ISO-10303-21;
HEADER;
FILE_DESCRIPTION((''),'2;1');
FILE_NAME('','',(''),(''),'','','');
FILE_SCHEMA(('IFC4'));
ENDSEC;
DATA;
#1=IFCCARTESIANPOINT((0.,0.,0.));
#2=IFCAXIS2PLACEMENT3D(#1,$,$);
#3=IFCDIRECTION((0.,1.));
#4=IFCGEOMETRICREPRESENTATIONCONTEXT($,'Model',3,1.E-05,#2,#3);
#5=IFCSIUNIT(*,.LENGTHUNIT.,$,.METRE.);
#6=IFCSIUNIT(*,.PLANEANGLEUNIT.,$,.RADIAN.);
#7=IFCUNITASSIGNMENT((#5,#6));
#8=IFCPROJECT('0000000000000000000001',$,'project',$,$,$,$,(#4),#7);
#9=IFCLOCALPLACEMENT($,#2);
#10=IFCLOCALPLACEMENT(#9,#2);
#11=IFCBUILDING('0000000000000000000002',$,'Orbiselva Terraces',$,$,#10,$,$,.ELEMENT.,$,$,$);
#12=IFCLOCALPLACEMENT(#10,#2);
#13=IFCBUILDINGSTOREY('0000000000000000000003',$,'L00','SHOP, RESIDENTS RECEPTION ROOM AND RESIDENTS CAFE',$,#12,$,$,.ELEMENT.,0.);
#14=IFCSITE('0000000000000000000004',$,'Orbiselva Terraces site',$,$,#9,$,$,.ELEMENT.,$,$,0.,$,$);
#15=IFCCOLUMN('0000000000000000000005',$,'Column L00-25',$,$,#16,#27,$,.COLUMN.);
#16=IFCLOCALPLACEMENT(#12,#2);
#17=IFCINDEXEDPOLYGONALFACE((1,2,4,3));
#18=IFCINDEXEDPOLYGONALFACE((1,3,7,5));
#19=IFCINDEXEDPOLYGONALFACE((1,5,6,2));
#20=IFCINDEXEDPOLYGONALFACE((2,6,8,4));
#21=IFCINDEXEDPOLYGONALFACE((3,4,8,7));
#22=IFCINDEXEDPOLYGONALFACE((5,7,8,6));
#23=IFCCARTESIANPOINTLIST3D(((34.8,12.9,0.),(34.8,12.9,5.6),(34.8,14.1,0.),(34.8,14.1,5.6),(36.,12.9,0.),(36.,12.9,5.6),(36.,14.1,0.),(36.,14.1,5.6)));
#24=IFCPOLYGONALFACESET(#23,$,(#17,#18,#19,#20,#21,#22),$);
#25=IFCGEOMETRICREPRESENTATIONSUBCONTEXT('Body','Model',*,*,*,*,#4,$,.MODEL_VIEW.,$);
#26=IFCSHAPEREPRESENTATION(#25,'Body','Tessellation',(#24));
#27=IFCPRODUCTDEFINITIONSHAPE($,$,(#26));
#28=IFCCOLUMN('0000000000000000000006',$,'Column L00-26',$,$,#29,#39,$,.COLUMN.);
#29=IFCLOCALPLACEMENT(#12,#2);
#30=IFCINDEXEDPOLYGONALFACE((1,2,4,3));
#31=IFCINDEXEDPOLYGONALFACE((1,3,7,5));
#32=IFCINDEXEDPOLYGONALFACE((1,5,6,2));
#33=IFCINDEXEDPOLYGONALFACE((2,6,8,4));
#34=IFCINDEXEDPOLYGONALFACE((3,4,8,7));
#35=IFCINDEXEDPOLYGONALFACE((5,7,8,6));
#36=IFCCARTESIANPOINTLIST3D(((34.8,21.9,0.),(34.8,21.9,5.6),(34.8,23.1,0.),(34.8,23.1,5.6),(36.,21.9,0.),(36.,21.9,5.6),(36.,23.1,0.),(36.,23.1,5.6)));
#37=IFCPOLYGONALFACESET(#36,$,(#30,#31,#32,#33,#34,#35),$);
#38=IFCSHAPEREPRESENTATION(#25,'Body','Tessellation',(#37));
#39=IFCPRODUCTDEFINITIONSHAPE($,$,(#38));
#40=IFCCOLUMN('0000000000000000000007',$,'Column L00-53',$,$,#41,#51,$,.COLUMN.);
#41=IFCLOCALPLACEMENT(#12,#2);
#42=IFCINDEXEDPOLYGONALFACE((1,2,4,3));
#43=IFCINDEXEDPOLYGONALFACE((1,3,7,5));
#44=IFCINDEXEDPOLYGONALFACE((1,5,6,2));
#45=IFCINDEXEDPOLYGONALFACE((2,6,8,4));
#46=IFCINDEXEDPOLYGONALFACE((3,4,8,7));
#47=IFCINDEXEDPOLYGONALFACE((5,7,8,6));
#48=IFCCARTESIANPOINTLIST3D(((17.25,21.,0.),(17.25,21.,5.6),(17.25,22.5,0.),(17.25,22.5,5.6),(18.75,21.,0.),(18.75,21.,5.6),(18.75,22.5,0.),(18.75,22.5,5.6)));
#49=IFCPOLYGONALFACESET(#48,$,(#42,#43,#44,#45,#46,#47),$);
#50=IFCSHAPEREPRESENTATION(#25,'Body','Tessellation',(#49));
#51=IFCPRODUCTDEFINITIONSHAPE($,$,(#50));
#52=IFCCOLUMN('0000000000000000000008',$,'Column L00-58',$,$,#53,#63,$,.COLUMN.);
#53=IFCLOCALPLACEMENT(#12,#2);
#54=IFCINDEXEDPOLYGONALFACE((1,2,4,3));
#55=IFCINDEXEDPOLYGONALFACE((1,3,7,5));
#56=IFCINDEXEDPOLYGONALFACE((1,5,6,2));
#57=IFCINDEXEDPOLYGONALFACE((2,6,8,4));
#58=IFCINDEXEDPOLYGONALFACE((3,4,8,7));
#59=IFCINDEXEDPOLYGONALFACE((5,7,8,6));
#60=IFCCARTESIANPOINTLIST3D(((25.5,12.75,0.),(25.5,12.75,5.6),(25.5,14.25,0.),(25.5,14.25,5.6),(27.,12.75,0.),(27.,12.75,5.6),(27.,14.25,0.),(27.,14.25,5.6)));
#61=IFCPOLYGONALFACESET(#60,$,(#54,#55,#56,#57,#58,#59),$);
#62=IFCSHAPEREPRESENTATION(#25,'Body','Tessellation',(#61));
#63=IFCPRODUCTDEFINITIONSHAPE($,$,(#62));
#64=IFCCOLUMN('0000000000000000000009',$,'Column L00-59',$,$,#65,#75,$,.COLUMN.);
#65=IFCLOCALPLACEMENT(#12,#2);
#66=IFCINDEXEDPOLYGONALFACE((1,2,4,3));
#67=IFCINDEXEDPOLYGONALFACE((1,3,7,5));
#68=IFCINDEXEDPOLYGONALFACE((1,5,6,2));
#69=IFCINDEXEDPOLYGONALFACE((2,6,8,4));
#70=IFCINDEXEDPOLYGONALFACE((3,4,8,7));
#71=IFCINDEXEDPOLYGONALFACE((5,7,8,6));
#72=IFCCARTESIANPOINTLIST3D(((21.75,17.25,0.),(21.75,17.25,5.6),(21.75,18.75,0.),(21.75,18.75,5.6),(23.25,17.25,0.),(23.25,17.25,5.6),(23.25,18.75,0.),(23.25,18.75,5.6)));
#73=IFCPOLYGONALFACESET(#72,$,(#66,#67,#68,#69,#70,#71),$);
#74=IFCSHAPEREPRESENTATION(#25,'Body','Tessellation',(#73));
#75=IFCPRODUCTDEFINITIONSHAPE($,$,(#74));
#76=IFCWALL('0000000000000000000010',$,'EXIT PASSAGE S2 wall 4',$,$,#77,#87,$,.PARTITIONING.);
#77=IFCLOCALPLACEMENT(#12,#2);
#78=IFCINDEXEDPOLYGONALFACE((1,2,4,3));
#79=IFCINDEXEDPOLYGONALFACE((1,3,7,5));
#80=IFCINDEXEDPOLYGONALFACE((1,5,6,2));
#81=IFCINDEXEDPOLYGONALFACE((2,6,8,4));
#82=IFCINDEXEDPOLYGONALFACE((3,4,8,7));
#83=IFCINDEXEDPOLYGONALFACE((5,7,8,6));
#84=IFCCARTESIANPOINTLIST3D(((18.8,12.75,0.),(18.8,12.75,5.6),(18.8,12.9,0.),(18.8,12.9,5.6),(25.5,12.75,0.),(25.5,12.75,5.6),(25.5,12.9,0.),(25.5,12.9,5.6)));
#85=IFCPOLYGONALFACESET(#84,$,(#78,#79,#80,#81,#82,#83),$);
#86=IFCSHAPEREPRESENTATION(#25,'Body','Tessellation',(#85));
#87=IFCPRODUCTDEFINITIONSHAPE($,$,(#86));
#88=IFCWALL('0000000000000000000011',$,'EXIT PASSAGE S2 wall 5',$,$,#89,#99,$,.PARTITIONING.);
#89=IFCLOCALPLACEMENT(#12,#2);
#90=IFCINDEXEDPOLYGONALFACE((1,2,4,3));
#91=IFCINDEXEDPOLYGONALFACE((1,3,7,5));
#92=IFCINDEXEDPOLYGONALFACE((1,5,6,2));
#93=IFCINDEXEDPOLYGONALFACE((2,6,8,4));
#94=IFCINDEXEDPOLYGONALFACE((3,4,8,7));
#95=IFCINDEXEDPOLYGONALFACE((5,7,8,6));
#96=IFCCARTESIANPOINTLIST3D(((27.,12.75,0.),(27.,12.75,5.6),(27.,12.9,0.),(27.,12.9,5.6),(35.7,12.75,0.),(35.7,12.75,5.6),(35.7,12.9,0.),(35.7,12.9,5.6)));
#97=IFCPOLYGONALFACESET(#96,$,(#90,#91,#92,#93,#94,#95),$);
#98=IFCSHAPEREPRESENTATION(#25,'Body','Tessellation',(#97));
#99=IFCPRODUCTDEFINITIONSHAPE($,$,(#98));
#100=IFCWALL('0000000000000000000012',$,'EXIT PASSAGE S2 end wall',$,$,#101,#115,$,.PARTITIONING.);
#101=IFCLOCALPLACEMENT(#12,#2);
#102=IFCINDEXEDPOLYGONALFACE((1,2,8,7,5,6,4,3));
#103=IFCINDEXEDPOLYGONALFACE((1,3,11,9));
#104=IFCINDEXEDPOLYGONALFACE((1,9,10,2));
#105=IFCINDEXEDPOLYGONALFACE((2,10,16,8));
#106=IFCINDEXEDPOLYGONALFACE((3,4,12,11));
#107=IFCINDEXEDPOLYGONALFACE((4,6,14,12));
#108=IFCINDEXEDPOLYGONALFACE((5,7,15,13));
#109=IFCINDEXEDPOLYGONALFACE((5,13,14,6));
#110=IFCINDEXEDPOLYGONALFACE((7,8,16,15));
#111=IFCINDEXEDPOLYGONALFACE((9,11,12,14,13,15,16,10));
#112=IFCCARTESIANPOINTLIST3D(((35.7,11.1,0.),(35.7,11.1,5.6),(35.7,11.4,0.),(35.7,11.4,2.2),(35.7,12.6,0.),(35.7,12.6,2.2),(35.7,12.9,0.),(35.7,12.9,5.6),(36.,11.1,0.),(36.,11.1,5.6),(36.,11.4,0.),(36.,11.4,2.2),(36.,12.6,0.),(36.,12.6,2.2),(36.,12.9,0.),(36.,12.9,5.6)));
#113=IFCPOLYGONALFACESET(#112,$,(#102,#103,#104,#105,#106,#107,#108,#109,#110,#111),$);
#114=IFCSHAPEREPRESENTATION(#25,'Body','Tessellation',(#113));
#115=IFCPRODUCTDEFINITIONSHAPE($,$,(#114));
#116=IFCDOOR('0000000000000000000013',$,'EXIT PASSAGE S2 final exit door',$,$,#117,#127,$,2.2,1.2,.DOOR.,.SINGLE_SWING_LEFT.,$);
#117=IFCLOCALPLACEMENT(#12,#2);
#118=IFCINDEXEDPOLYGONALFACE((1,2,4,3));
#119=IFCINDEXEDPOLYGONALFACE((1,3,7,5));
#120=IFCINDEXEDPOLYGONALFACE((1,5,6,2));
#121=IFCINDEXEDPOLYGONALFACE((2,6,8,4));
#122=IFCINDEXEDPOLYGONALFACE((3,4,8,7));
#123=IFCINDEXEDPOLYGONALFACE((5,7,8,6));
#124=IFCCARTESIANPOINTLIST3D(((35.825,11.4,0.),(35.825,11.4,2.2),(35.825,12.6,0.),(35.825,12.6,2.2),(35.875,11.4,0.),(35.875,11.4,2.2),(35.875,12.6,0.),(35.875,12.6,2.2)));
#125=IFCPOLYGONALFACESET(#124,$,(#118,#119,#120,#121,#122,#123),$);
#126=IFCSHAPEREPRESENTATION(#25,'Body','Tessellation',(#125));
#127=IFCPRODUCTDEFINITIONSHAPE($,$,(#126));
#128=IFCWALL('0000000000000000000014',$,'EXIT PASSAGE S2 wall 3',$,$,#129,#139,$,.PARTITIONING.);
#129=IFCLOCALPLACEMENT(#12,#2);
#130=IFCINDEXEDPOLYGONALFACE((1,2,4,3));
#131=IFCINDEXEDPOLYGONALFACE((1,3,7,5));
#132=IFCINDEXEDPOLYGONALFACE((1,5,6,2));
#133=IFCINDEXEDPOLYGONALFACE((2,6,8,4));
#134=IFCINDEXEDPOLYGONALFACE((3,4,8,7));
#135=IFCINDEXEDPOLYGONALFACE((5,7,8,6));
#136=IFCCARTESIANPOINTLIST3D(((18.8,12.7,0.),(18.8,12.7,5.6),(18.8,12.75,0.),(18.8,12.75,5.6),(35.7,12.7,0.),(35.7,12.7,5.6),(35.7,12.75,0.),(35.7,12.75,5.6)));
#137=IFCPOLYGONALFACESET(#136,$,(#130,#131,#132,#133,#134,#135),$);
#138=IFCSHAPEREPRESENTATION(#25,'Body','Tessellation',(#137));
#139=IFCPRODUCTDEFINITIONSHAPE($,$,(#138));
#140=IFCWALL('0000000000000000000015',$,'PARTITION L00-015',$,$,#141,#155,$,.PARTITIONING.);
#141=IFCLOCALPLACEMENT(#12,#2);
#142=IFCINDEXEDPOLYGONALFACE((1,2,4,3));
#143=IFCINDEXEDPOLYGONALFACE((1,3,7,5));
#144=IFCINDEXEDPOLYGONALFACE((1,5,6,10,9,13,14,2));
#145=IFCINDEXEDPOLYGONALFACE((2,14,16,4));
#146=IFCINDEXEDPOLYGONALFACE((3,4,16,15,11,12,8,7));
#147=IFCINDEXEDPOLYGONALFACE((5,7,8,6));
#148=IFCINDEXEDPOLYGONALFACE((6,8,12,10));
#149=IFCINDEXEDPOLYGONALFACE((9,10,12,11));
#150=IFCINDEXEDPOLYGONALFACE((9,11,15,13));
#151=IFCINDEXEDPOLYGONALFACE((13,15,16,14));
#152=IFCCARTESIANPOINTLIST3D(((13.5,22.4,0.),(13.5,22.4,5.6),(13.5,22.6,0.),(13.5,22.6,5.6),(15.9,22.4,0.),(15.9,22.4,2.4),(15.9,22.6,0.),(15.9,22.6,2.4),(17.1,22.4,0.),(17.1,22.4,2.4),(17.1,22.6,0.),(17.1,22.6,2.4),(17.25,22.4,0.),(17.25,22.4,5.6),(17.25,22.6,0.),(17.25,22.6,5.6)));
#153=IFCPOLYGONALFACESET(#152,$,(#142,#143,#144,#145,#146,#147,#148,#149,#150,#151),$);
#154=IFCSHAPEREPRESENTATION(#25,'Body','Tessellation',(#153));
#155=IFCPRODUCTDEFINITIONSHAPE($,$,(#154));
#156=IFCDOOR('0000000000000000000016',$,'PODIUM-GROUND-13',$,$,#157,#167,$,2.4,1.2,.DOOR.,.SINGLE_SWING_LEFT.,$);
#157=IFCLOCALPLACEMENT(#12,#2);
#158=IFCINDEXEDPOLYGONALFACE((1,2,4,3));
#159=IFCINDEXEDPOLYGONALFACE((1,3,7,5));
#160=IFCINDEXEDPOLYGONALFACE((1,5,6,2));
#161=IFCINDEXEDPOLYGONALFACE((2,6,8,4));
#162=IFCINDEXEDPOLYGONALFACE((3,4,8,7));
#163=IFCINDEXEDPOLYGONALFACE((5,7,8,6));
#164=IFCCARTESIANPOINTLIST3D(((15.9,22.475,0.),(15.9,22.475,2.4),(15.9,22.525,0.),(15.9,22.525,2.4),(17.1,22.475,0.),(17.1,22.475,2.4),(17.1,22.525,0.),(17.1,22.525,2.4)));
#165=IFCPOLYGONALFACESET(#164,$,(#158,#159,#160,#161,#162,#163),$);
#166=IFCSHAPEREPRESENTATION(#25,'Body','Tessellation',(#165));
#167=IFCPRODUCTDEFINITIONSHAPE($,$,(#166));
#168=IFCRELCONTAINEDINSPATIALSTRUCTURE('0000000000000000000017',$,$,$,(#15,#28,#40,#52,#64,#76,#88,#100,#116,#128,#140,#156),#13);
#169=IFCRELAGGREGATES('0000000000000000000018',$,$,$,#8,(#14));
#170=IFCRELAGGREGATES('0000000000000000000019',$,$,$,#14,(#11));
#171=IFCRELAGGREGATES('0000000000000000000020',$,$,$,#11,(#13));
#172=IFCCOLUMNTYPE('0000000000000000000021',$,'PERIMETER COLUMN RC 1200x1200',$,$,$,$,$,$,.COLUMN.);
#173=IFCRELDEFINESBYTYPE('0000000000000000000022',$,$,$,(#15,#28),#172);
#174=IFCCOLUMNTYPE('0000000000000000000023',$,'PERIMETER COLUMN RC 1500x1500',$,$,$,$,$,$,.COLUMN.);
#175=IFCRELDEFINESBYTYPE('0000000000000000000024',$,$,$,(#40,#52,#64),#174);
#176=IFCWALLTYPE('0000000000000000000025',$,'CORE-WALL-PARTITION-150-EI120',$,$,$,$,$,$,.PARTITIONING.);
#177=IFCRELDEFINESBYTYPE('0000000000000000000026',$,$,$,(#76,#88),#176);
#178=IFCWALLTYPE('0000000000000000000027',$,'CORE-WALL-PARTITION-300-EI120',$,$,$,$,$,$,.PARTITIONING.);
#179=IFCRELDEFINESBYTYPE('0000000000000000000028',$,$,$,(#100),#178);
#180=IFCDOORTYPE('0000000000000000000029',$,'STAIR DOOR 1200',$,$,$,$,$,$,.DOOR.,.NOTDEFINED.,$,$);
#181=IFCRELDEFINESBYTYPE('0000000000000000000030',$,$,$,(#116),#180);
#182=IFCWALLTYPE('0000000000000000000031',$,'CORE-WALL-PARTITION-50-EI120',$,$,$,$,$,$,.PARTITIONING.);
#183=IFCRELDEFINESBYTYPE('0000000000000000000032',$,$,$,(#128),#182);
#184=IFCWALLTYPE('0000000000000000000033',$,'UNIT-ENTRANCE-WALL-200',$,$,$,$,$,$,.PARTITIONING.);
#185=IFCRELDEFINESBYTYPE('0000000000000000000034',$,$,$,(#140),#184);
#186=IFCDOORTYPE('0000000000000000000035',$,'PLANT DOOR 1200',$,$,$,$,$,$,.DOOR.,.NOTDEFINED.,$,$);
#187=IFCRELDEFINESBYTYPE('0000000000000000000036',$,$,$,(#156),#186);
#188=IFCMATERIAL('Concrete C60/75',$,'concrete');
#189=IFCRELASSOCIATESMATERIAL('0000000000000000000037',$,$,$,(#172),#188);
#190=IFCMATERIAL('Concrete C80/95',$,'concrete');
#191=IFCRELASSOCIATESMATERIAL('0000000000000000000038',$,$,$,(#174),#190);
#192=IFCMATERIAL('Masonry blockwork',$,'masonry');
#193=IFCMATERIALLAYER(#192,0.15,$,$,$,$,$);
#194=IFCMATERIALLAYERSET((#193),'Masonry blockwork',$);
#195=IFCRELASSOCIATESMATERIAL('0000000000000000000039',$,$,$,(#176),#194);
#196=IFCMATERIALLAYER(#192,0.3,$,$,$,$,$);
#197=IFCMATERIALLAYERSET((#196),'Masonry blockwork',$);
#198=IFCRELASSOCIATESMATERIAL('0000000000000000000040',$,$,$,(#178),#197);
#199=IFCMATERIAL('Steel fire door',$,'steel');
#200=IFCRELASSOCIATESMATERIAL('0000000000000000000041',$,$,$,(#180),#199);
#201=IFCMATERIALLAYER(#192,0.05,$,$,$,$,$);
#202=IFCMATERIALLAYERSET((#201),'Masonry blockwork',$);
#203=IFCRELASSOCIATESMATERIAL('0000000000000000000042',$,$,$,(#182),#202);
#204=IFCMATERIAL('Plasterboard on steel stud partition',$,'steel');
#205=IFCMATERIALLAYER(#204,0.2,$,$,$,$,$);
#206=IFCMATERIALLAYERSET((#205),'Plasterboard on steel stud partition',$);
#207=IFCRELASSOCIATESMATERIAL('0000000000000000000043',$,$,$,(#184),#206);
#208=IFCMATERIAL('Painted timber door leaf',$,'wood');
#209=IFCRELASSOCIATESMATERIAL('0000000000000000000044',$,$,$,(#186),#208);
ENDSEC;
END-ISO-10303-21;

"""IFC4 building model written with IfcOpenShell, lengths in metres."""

from ifc_helpers import new_model, si_unit, direction, frame, frame_2d, origin, origin_2d, place, context, subcontext, project, spatial, rectangle, extrude, material, layer, layer_set, material_profile, profile_set, type_object, element, fill, save


model = new_model("IFC4")

# Units and contexts
model_context = context("Model", 3, precision=1e-05, world=origin(), true_north=direction((0.0, 1.0)))
body_context = subcontext(model_context, "Body", "Model", "MODEL_VIEW")
ifc_project = project(units=[si_unit("LENGTHUNIT", "METRE"), si_unit("PLANEANGLEUNIT", "RADIAN")], contexts=[model_context])

# Site, building, storey
site_placement = place(None, origin())
site = spatial("IfcSite", under=ifc_project, at=site_placement, Name="Orbiselva Terraces site", CompositionType="ELEMENT", RefElevation=0.0)
building_placement = place(site_placement, origin())
building = spatial("IfcBuilding", under=site, at=building_placement, Name="Orbiselva Terraces", CompositionType="ELEMENT")
storey_placement = place(building_placement, origin())
storey = spatial("IfcBuildingStorey", under=building, at=storey_placement, Name="L00", Description="SHOP, RESIDENTS RECEPTION ROOM AND RESIDENTS CAFE", CompositionType="ELEMENT", Elevation=0.0)

# Columns
ifc_material_1 = material(Name="Concrete C80/95", Category="concrete")
ifc_material_2 = material(Name="Concrete C60/75", Category="concrete")
ifc_material_profile_1 = material_profile(ifc_material_2, rectangle(XDim=1.2, YDim=1.2, at=origin_2d()), Name="RC 1200x1200")
ifc_profile_set_1 = profile_set([ifc_material_profile_1], Name="Concrete C60/75")
column_type_1 = type_object("IfcColumnType", Name="PERIMETER COLUMN RC 1200x1200", PredefinedType="COLUMN", material=ifc_profile_set_1)
for number, where, z_axis, x_axis, name in (
    (1, (35.4, 13.5, 0.0), (0.0, 0.0, 1.0), (1.0, 0.0, 0.0), "Column L00-25"),
    (2, (35.4, 22.5, 0.0), (0.0, 0.0, 1.0), (1.0, 0.0, 0.0), "Column L00-26"),
):
    element("IfcColumn", number, at=place(storey_placement, frame(where, z_axis=z_axis, x_axis=x_axis)), inside=storey, type_object=column_type_1, Name=name, PredefinedType="COLUMN", context=body_context, shape_type="SweptSolid", body=[
        extrude(rectangle(XDim=1.2, YDim=1.2, at=origin_2d()), origin(), (0.0, 0.0, 1.0), 5.6),
    ])
ifc_material_profile_2 = material_profile(ifc_material_1, rectangle(XDim=1.5, YDim=1.5, at=origin_2d()), Name="RC 1500x1500")
ifc_profile_set_2 = profile_set([ifc_material_profile_2], Name="Concrete C80/95")
column_type_2 = type_object("IfcColumnType", Name="PERIMETER COLUMN RC 1500x1500", PredefinedType="COLUMN", material=ifc_profile_set_2)
for number, where, z_axis, x_axis, name in (
    (3, (18.0, 21.75, 0.0), (0.0, 0.0, 1.0), (1.0, 0.0, 0.0), "Column L00-53"),
    (4, (26.25, 13.5, 0.0), (0.0, 0.0, 1.0), (1.0, 0.0, 0.0), "Column L00-58"),
    (5, (22.5, 18.0, 0.0), (0.0, 0.0, 1.0), (1.0, 0.0, 0.0), "Column L00-59"),
):
    element("IfcColumn", number, at=place(storey_placement, frame(where, z_axis=z_axis, x_axis=x_axis)), inside=storey, type_object=column_type_2, Name=name, PredefinedType="COLUMN", context=body_context, shape_type="SweptSolid", body=[
        extrude(rectangle(XDim=1.5, YDim=1.5, at=origin_2d()), origin(), (0.0, 0.0, 1.0), 5.6),
    ])

# Walls
ifc_material_3 = material(Name="Masonry blockwork", Category="masonry")
ifc_layer_1 = layer(ifc_material_3, 0.15)
ifc_layer_set_1 = layer_set([ifc_layer_1], Name="Masonry blockwork")
wall_type_1 = type_object("IfcWallType", Name="CORE-WALL-PARTITION-150-EI120", PredefinedType="PARTITIONING", material=ifc_layer_set_1)
wall_1_placement = place(storey_placement, frame((18.8, 12.825, 0.0), z_axis=(0.0, 0.0, 1.0), x_axis=(1.0, 0.0, 0.0)))
element("IfcWall", 6, at=wall_1_placement, inside=storey, type_object=wall_type_1, Name="EXIT PASSAGE S2 wall 4", PredefinedType="PARTITIONING", context=body_context, shape_type="SweptSolid", body=[
    extrude(rectangle(XDim=6.7, YDim=0.15, at=frame_2d((3.35, 0.0))), origin(), (0.0, 0.0, 1.0), 5.6),
])
wall_2_placement = place(storey_placement, frame((27.0, 12.825, 0.0), z_axis=(0.0, 0.0, 1.0), x_axis=(1.0, 0.0, 0.0)))
element("IfcWall", 7, at=wall_2_placement, inside=storey, type_object=wall_type_1, Name="EXIT PASSAGE S2 wall 5", PredefinedType="PARTITIONING", context=body_context, shape_type="SweptSolid", body=[
    extrude(rectangle(XDim=8.7, YDim=0.15, at=frame_2d((4.35, 0.0))), origin(), (0.0, 0.0, 1.0), 5.6),
])

# Wall, opening, door
ifc_layer_2 = layer(ifc_material_3, 0.3)
ifc_layer_set_2 = layer_set([ifc_layer_2], Name="Masonry blockwork")
wall_type_2 = type_object("IfcWallType", Name="CORE-WALL-PARTITION-300-EI120", PredefinedType="PARTITIONING", material=ifc_layer_set_2)
wall_3_placement = place(storey_placement, frame((35.85, 12.9, 0.0), z_axis=(0.0, 0.0, 1.0), x_axis=(0.0, -1.0, 0.0)))
wall_3 = element("IfcWall", 8, at=wall_3_placement, inside=storey, type_object=wall_type_2, Name="EXIT PASSAGE S2 end wall", PredefinedType="PARTITIONING", context=body_context, shape_type="SweptSolid", body=[
    extrude(rectangle(XDim=1.8, YDim=0.3, at=frame_2d((0.9, 0.0))), origin(), (0.0, 0.0, 1.0), 5.6),
])
opening_1_placement = place(wall_3_placement, frame((0.3, 0.0, 0.0)))
opening_1 = element("IfcOpeningElement", 9, at=opening_1_placement, cuts=wall_3, PredefinedType="OPENING", context=body_context, shape_type="SweptSolid", body=[
    extrude(rectangle(XDim=1.2, YDim=2.2, at=frame_2d((0.6, 1.1))), frame((0.0, 0.16, 0.0), z_axis=(0.0, -1.0, 0.0), x_axis=(1.0, 0.0, 0.0)), (0.0, 0.0, 1.0), 0.32),
])
ifc_material_4 = material(Name="Steel fire door", Category="steel")
door_type_1 = type_object("IfcDoorType", Name="STAIR DOOR 1200", OperationType="NOTDEFINED", PredefinedType="DOOR", material=ifc_material_4)
door_1_placement = place(opening_1_placement, origin())
door_1 = element("IfcDoor", 10, at=door_1_placement, inside=storey, type_object=door_type_1, Name="EXIT PASSAGE S2 final exit door", OperationType="SINGLE_SWING_LEFT", OverallHeight=2.2, OverallWidth=1.2, PredefinedType="DOOR", context=body_context, shape_type="SweptSolid", body=[
    extrude(rectangle(XDim=1.2, YDim=2.2, at=frame_2d((0.6, 1.1))), frame((0.0, 0.025, 0.0), z_axis=(0.0, -1.0, 0.0), x_axis=(1.0, 0.0, 0.0)), (0.0, 0.0, 1.0), 0.05),
])
fill(opening_1, door_1)

# Wall
ifc_layer_3 = layer(ifc_material_3, 0.05)
ifc_layer_set_3 = layer_set([ifc_layer_3], Name="Masonry blockwork")
wall_type_3 = type_object("IfcWallType", Name="CORE-WALL-PARTITION-50-EI120", PredefinedType="PARTITIONING", material=ifc_layer_set_3)
wall_4_placement = place(storey_placement, frame((18.8, 12.725, 0.0), z_axis=(0.0, 0.0, 1.0), x_axis=(1.0, 0.0, 0.0)))
element("IfcWall", 11, at=wall_4_placement, inside=storey, type_object=wall_type_3, Name="EXIT PASSAGE S2 wall 3", PredefinedType="PARTITIONING", context=body_context, shape_type="SweptSolid", body=[
    extrude(rectangle(XDim=16.9, YDim=0.05, at=frame_2d((8.45, 0.0))), origin(), (0.0, 0.0, 1.0), 5.6),
])

# Wall, opening, door
ifc_material_5 = material(Name="Plasterboard on steel stud partition", Category="steel")
ifc_layer_4 = layer(ifc_material_5, 0.2)
ifc_layer_set_4 = layer_set([ifc_layer_4], Name="Plasterboard on steel stud partition")
wall_type_4 = type_object("IfcWallType", Name="UNIT-ENTRANCE-WALL-200", PredefinedType="PARTITIONING", material=ifc_layer_set_4)
wall_5_placement = place(storey_placement, frame((17.25, 22.5, 0.0), z_axis=(0.0, 0.0, 1.0), x_axis=(-1.0, 0.0, 0.0)))
wall_5 = element("IfcWall", 12, at=wall_5_placement, inside=storey, type_object=wall_type_4, Name="PARTITION L00-015", PredefinedType="PARTITIONING", context=body_context, shape_type="SweptSolid", body=[
    extrude(rectangle(XDim=3.75, YDim=0.2, at=frame_2d((1.875, 0.0))), origin(), (0.0, 0.0, 1.0), 5.6),
])
opening_2_placement = place(wall_5_placement, frame((0.15, 0.0, 0.0)))
opening_2 = element("IfcOpeningElement", 13, at=opening_2_placement, cuts=wall_5, PredefinedType="OPENING", context=body_context, shape_type="SweptSolid", body=[
    extrude(rectangle(XDim=1.2, YDim=2.4, at=frame_2d((0.6, 1.2))), frame((0.0, 0.11, 0.0), z_axis=(0.0, -1.0, 0.0), x_axis=(1.0, 0.0, 0.0)), (0.0, 0.0, 1.0), 0.22),
])
ifc_material_6 = material(Name="Painted timber door leaf", Category="wood")
door_type_2 = type_object("IfcDoorType", Name="PLANT DOOR 1200", OperationType="NOTDEFINED", PredefinedType="DOOR", material=ifc_material_6)
door_2_placement = place(opening_2_placement, origin())
door_2 = element("IfcDoor", 14, at=door_2_placement, inside=storey, type_object=door_type_2, Name="PODIUM-GROUND-13", OperationType="SINGLE_SWING_LEFT", OverallHeight=2.4, OverallWidth=1.2, PredefinedType="DOOR", context=body_context, shape_type="SweptSolid", body=[
    extrude(rectangle(XDim=1.2, YDim=2.4, at=frame_2d((0.6, 1.2))), frame((0.0, 0.025, 0.0), z_axis=(0.0, -1.0, 0.0), x_axis=(1.0, 0.0, 0.0)), (0.0, 0.0, 1.0), 0.05),
])
fill(opening_2, door_2)

save(model, "model.ifc")
